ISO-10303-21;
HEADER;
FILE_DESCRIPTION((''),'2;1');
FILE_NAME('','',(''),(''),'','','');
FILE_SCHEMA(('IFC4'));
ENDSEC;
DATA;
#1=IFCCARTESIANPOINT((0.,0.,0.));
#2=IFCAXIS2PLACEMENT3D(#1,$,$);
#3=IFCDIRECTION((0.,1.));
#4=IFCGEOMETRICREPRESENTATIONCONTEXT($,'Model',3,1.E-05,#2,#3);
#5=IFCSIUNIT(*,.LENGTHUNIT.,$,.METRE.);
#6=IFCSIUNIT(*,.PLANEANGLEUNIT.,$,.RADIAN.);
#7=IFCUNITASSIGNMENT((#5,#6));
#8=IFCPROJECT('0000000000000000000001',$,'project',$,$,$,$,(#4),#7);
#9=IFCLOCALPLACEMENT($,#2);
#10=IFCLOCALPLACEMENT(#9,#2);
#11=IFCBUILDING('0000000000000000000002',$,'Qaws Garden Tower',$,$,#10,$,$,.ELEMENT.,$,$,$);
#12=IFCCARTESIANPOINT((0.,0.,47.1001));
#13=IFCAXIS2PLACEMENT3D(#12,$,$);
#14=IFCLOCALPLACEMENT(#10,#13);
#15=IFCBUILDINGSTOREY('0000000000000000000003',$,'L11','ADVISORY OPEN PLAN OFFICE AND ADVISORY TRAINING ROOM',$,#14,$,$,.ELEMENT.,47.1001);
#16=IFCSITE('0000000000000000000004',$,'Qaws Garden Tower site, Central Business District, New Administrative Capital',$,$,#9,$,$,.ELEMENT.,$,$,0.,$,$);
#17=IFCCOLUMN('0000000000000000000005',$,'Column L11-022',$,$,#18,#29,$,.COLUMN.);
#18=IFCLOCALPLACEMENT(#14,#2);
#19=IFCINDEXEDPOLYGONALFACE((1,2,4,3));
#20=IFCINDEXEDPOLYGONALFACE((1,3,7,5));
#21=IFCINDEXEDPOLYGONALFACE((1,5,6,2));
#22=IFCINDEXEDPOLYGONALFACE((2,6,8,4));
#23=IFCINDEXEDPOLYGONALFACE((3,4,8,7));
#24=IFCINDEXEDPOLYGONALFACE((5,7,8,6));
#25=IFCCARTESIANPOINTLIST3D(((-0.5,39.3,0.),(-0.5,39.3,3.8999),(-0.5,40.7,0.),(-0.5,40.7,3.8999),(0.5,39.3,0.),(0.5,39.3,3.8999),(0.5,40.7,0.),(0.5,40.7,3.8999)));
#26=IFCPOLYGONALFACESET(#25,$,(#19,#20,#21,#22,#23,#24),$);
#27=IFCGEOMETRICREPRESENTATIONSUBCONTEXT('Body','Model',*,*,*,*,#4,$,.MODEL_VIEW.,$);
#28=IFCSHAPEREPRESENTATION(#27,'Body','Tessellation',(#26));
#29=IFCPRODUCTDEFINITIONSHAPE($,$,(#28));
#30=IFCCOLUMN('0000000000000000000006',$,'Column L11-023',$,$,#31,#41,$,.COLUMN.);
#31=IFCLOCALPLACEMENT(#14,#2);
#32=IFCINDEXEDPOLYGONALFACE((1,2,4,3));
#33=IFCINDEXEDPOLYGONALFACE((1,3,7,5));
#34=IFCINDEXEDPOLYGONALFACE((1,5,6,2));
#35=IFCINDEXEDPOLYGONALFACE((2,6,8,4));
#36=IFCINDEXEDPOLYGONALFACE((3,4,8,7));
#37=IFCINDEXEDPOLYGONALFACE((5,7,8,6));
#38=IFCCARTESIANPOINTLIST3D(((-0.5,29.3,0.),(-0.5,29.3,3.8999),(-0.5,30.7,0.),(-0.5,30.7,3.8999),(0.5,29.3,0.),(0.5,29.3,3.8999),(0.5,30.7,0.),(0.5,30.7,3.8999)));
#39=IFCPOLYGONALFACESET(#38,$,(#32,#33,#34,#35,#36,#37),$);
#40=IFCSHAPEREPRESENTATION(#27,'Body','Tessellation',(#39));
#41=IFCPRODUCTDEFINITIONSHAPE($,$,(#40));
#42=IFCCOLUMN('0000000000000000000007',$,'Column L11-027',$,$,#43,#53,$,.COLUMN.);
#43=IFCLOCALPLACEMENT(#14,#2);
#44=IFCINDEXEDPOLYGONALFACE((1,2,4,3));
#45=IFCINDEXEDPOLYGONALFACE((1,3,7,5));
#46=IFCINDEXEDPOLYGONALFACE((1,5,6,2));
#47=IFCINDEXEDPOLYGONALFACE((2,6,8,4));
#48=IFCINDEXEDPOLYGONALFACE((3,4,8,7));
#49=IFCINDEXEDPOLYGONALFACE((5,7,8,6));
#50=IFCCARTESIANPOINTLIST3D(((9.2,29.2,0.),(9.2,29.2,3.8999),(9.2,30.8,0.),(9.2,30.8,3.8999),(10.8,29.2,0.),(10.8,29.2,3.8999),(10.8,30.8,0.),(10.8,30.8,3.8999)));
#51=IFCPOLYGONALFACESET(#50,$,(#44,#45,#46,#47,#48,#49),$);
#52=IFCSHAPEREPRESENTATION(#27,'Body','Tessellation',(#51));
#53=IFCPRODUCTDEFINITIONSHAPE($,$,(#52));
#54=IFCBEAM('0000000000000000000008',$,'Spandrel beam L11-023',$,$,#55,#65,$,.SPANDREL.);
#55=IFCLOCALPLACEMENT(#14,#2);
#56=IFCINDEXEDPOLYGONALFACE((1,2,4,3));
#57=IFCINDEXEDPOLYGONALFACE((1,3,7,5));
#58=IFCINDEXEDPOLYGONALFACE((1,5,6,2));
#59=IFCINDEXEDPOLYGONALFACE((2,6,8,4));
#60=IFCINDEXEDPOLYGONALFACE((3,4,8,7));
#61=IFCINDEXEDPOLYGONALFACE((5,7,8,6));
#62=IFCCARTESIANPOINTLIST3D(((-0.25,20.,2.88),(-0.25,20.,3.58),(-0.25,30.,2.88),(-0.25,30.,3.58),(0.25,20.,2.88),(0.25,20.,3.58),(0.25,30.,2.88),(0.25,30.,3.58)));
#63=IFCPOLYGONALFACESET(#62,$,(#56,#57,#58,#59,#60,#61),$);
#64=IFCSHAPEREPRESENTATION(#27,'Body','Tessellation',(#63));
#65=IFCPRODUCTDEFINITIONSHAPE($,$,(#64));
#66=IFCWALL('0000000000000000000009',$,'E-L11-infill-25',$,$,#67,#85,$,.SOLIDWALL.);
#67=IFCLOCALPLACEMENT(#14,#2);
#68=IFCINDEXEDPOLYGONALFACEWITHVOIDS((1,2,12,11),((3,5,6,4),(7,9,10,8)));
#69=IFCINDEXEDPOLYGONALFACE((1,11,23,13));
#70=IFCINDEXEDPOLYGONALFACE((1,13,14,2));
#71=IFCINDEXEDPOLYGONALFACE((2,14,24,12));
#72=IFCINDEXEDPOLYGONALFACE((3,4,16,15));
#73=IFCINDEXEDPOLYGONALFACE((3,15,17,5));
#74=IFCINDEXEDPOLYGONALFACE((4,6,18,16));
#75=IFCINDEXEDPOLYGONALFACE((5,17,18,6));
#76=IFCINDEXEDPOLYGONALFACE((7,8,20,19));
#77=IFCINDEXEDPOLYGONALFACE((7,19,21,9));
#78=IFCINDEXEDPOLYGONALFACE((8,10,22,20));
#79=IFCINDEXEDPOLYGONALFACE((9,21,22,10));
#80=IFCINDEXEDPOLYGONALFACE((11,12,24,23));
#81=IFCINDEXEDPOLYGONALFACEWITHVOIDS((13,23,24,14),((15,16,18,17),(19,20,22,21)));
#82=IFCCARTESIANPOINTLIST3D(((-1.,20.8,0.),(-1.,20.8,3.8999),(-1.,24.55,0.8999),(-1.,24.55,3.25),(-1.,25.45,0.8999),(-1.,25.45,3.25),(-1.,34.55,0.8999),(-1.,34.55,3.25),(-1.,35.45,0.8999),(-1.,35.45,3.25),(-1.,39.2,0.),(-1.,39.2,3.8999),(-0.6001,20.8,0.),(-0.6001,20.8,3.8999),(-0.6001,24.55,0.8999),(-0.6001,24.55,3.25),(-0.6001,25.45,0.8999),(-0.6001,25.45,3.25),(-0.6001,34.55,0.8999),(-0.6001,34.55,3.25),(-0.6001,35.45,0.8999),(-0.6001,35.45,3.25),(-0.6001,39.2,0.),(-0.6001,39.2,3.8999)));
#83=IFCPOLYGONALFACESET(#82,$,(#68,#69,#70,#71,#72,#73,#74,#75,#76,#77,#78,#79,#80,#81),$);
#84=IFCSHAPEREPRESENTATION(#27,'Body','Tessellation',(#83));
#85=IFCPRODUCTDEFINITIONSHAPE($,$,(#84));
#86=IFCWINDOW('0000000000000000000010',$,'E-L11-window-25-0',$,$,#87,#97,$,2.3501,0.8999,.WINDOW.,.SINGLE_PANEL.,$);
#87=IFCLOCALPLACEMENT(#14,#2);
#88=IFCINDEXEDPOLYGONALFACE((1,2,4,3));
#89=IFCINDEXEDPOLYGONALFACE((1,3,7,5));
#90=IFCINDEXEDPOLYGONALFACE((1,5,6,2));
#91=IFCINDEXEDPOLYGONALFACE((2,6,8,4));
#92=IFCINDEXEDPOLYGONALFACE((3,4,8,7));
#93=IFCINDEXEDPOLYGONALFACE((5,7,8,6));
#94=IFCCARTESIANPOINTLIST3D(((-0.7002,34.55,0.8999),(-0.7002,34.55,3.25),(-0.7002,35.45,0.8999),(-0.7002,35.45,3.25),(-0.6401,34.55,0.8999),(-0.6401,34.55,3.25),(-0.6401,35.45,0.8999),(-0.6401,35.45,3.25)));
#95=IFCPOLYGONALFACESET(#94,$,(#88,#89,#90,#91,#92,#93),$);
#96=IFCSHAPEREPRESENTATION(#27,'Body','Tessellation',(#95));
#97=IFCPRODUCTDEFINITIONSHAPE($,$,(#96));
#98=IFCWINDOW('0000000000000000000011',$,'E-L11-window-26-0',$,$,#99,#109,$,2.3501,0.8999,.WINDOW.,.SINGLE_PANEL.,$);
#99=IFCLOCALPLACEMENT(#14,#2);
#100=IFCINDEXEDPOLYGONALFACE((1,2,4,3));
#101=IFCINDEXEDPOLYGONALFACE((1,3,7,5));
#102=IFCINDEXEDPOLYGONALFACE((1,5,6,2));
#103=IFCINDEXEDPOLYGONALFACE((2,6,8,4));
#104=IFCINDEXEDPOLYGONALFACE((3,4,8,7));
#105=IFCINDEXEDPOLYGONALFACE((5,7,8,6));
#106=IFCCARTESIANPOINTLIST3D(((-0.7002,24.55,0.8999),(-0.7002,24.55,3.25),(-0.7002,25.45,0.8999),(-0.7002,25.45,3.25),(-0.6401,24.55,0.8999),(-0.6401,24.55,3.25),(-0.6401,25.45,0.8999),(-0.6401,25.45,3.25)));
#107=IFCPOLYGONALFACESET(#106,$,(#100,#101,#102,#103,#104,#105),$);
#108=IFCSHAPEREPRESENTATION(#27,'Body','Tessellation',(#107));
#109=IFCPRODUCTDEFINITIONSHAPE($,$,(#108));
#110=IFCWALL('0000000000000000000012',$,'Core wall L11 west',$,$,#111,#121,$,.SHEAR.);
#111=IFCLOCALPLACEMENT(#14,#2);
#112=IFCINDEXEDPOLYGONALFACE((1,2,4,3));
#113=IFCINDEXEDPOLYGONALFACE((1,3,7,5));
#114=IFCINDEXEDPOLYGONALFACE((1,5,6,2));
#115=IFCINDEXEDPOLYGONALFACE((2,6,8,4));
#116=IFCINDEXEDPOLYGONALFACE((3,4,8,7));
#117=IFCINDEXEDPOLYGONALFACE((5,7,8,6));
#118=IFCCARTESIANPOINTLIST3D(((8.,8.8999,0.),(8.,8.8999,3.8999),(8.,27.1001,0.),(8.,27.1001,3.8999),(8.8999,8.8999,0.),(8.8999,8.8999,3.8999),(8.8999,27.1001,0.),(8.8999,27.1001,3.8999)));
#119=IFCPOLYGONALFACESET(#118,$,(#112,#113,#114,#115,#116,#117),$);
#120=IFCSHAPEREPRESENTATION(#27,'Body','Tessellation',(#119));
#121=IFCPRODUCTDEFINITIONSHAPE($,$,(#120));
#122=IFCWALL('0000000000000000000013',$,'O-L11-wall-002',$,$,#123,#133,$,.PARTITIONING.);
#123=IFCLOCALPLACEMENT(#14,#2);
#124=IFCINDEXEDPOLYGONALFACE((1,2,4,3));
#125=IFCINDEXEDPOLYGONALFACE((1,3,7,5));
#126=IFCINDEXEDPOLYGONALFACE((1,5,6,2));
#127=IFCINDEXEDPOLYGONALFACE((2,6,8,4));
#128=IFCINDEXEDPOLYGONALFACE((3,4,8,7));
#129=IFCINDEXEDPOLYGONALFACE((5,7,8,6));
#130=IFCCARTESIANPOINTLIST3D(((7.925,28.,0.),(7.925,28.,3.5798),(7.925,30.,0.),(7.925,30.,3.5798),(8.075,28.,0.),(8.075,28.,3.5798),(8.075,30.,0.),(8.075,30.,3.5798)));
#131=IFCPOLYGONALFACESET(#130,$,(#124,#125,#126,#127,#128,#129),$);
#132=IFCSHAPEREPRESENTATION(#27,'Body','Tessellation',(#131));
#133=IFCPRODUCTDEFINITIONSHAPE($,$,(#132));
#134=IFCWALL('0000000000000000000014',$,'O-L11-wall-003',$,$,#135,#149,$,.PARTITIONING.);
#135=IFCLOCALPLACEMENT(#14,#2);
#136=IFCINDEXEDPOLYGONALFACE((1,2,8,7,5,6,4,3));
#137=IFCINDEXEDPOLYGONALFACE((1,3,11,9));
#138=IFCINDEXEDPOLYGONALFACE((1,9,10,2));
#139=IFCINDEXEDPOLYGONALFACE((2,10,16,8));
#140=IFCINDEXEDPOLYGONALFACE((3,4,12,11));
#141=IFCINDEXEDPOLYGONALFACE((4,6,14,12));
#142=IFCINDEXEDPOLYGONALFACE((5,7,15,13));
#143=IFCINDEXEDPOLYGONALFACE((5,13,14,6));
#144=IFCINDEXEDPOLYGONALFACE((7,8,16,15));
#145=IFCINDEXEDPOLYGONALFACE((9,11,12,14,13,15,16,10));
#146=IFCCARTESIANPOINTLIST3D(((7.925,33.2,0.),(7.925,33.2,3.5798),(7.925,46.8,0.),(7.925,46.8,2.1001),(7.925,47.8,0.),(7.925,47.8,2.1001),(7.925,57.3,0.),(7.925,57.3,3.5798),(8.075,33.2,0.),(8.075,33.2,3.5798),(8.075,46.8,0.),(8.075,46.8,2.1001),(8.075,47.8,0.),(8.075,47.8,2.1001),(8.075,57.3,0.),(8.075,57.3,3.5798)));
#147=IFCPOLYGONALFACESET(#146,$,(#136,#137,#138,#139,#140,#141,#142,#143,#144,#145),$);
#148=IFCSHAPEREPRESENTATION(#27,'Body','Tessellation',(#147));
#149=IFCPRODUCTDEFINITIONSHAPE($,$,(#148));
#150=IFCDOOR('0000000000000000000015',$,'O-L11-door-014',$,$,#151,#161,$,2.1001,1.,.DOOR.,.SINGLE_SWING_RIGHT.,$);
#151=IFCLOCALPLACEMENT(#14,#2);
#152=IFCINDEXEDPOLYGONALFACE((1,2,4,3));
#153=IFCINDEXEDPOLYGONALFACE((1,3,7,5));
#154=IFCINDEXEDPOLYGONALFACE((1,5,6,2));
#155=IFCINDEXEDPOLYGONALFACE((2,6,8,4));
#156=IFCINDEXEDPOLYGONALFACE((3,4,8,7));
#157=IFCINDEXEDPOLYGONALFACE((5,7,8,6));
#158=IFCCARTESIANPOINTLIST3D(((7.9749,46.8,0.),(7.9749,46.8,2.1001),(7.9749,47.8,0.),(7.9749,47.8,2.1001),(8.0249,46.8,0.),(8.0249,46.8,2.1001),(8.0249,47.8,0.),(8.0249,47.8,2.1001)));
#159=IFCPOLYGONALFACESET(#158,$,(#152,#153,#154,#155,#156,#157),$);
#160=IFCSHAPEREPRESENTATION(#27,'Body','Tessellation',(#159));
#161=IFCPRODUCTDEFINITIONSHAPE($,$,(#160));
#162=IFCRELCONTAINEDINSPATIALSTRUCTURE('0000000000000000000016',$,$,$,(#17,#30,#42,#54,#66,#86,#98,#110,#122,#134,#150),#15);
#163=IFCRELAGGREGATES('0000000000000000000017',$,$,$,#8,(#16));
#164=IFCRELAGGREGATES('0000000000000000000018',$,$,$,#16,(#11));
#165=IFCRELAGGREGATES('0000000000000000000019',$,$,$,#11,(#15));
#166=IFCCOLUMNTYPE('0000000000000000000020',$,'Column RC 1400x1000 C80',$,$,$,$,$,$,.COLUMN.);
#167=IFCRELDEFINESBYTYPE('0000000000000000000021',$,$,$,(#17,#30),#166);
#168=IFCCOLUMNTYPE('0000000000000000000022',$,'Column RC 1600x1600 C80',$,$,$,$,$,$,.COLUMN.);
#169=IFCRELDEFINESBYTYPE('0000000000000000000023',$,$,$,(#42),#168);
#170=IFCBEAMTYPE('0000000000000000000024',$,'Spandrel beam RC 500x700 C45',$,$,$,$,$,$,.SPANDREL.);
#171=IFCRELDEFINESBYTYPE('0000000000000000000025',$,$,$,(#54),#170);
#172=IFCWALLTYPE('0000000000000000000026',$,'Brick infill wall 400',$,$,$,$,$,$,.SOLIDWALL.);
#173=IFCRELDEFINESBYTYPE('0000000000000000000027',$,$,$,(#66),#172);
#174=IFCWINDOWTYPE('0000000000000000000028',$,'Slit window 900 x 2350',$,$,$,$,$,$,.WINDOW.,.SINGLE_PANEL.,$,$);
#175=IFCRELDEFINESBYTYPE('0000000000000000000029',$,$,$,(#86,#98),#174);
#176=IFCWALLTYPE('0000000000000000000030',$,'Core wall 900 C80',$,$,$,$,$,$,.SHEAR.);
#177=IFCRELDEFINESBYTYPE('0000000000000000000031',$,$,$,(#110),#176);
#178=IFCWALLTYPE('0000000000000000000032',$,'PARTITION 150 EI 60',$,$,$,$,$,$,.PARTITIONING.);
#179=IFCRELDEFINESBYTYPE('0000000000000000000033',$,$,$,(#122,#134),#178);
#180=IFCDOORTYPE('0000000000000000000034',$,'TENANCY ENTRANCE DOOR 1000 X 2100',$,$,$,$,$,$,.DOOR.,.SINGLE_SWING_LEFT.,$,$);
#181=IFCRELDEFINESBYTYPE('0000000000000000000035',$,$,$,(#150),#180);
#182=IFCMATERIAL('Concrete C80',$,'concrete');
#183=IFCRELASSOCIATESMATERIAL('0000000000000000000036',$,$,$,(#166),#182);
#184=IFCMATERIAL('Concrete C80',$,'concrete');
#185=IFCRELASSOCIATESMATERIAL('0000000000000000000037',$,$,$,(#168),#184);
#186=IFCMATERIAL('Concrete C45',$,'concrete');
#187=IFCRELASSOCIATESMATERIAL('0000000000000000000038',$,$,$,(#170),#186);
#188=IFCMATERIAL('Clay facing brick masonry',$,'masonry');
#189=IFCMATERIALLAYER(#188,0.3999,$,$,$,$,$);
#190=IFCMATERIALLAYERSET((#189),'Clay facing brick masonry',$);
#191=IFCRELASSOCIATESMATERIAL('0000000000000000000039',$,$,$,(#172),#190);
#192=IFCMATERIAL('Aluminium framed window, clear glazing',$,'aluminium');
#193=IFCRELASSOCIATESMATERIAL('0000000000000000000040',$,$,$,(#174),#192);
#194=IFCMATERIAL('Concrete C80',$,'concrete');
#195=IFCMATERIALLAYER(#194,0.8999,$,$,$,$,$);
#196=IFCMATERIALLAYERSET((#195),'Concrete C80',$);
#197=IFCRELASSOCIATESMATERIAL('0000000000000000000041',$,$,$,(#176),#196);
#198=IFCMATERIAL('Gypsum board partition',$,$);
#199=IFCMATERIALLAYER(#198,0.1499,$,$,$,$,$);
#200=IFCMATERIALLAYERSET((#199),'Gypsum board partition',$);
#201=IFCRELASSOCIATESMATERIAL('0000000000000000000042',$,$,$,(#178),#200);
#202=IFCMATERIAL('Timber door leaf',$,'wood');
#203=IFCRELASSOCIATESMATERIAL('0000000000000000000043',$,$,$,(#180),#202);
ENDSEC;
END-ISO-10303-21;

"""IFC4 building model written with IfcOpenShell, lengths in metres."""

from ifc_helpers import new_model, si_unit, direction, frame, frame_2d, origin, origin_2d, place, context, subcontext, project, spatial, rectangle, extrude, material, layer, layer_set, material_profile, profile_set, type_object, element, fill, save


model = new_model("IFC4")

# Units and contexts
model_context = context("Model", 3, precision=1e-05, world=origin(), true_north=direction((0.0, 1.0)))
body_context = subcontext(model_context, "Body", "Model", "MODEL_VIEW")
ifc_project = project(units=[si_unit("LENGTHUNIT", "METRE"), si_unit("PLANEANGLEUNIT", "RADIAN")], contexts=[model_context])

# Site, building, storey
site_placement = place(None, origin())
site = spatial("IfcSite", under=ifc_project, at=site_placement, Name="Qaws Garden Tower site, Central Business District, New Administrative Capital", CompositionType="ELEMENT", RefElevation=0.0)
building_placement = place(site_placement, origin())
building = spatial("IfcBuilding", under=site, at=building_placement, Name="Qaws Garden Tower", CompositionType="ELEMENT")
storey_placement = place(building_placement, frame((0.0, 0.0, 47.1001)))
storey = spatial("IfcBuildingStorey", under=building, at=storey_placement, Name="L11", Description="ADVISORY OPEN PLAN OFFICE AND ADVISORY TRAINING ROOM", CompositionType="ELEMENT", Elevation=47.1001)

# Columns
ifc_material_1 = material(Name="Concrete C80", Category="concrete")
ifc_material_profile_1 = material_profile(ifc_material_1, rectangle(XDim=1.3999, YDim=1.0, at=origin_2d()), Name="RC 1400x1000")
ifc_profile_set_1 = profile_set([ifc_material_profile_1], Name="Concrete C80")
column_type_1 = type_object("IfcColumnType", Name="Column RC 1400x1000 C80", PredefinedType="COLUMN", material=ifc_profile_set_1)
for number, where, z_axis, x_axis, name in (
    (1, (0.0, 40.0, 0.0), (0.0, 0.0, 1.0), (0.0, 1.0, 0.0), "Column L11-022"),
    (2, (0.0, 30.0, 0.0), (0.0, 0.0, 1.0), (0.0, 1.0, 0.0), "Column L11-023"),
):
    element("IfcColumn", number, at=place(storey_placement, frame(where, z_axis=z_axis, x_axis=x_axis)), inside=storey, type_object=column_type_1, Name=name, PredefinedType="COLUMN", context=body_context, shape_type="SweptSolid", body=[
        extrude(rectangle(XDim=1.3999, YDim=1.0, at=origin_2d()), origin(), (0.0, 0.0, 1.0), 3.8999),
    ])
ifc_material_2 = material(Name="Concrete C80", Category="concrete")
ifc_material_profile_2 = material_profile(ifc_material_2, rectangle(XDim=1.6001, YDim=1.6001, at=origin_2d()), Name="RC 1600x1600")
ifc_profile_set_2 = profile_set([ifc_material_profile_2], Name="Concrete C80")
column_type_2 = type_object("IfcColumnType", Name="Column RC 1600x1600 C80", PredefinedType="COLUMN", material=ifc_profile_set_2)
column_placement = place(storey_placement, frame((10.0, 30.0, 0.0), z_axis=(0.0, 0.0, 1.0), x_axis=(1.0, 0.0, 0.0)))
element("IfcColumn", 3, at=column_placement, inside=storey, type_object=column_type_2, Name="Column L11-027", PredefinedType="COLUMN", context=body_context, shape_type="SweptSolid", body=[
    extrude(rectangle(XDim=1.6001, YDim=1.6001, at=origin_2d()), origin(), (0.0, 0.0, 1.0), 3.8999),
])

# Beam
ifc_material_3 = material(Name="Concrete C45", Category="concrete")
ifc_material_profile_3 = material_profile(ifc_material_3, rectangle(XDim=0.5, YDim=0.7, at=origin_2d()), Name="RC 500x700")
ifc_profile_set_3 = profile_set([ifc_material_profile_3], Name="Concrete C45")
beam_type = type_object("IfcBeamType", Name="Spandrel beam RC 500x700 C45", PredefinedType="SPANDREL", material=ifc_profile_set_3)
beam_placement = place(storey_placement, frame((0.0, 30.0, 3.23), z_axis=(0.0, -1.0, 0.0), x_axis=(1.0, 0.0, 0.0)))
element("IfcBeam", 4, at=beam_placement, inside=storey, type_object=beam_type, Name="Spandrel beam L11-023", PredefinedType="SPANDREL", context=body_context, shape_type="SweptSolid", body=[
    extrude(rectangle(XDim=0.5, YDim=0.7, at=origin_2d()), origin(), (0.0, 0.0, 1.0), 10.0),
])

# Wall, openings, windows
ifc_material_4 = material(Name="Clay facing brick masonry", Category="masonry")
ifc_layer_1 = layer(ifc_material_4, 0.3999)
ifc_layer_set_1 = layer_set([ifc_layer_1], Name="Clay facing brick masonry")
wall_type_1 = type_object("IfcWallType", Name="Brick infill wall 400", PredefinedType="SOLIDWALL", material=ifc_layer_set_1)
wall_1_placement = place(storey_placement, frame((-0.8, 39.2, 0.0), z_axis=(0.0, 0.0, 1.0), x_axis=(0.0, -1.0, 0.0)))
wall_1 = element("IfcWall", 5, at=wall_1_placement, inside=storey, type_object=wall_type_1, Name="E-L11-infill-25", PredefinedType="SOLIDWALL", context=body_context, shape_type="SweptSolid", body=[
    extrude(rectangle(XDim=18.3999, YDim=0.3999, at=frame_2d((9.2, 0.0))), origin(), (0.0, 0.0, 1.0), 3.8999),
])
opening_1_placement = place(wall_1_placement, frame((3.75, 0.0, 0.8999)))
opening_1 = element("IfcOpeningElement", 6, at=opening_1_placement, cuts=wall_1, PredefinedType="OPENING", context=body_context, shape_type="SweptSolid", body=[
    extrude(rectangle(XDim=0.8999, YDim=2.3501, at=frame_2d((0.45, 1.175))), frame((0.0, 0.21, 0.0), z_axis=(0.0, -1.0, 0.0), x_axis=(1.0, 0.0, 0.0)), (0.0, 0.0, 1.0), 0.4199),
])
opening_2_placement = place(wall_1_placement, frame((13.75, 0.0, 0.8999)))
opening_2 = element("IfcOpeningElement", 7, at=opening_2_placement, cuts=wall_1, PredefinedType="OPENING", context=body_context, shape_type="SweptSolid", body=[
    extrude(rectangle(XDim=0.8999, YDim=2.3501, at=frame_2d((0.45, 1.175))), frame((0.0, 0.21, 0.0), z_axis=(0.0, -1.0, 0.0), x_axis=(1.0, 0.0, 0.0)), (0.0, 0.0, 1.0), 0.4199),
])
ifc_material_5 = material(Name="Aluminium framed window, clear glazing", Category="aluminium")
window_type = type_object("IfcWindowType", Name="Slit window 900 x 2350", PartitioningType="SINGLE_PANEL", PredefinedType="WINDOW", material=ifc_material_5)
window_1_placement = place(opening_1_placement, origin())
window_1 = element("IfcWindow", 8, at=window_1_placement, inside=storey, type_object=window_type, Name="E-L11-window-25-0", OverallHeight=2.3501, OverallWidth=0.8999, PartitioningType="SINGLE_PANEL", PredefinedType="WINDOW", context=body_context, shape_type="SweptSolid", body=[
    extrude(rectangle(XDim=0.8999, YDim=2.3501, at=frame_2d((0.45, 1.175))), frame((0.0, 0.1599, 0.0), z_axis=(0.0, -1.0, 0.0), x_axis=(1.0, 0.0, 0.0)), (0.0, 0.0, 1.0), 0.0601),
])
fill(opening_1, window_1)
window_2_placement = place(opening_2_placement, origin())
window_2 = element("IfcWindow", 9, at=window_2_placement, inside=storey, type_object=window_type, Name="E-L11-window-26-0", OverallHeight=2.3501, OverallWidth=0.8999, PartitioningType="SINGLE_PANEL", PredefinedType="WINDOW", context=body_context, shape_type="SweptSolid", body=[
    extrude(rectangle(XDim=0.8999, YDim=2.3501, at=frame_2d((0.45, 1.175))), frame((0.0, 0.1599, 0.0), z_axis=(0.0, -1.0, 0.0), x_axis=(1.0, 0.0, 0.0)), (0.0, 0.0, 1.0), 0.0601),
])
fill(opening_2, window_2)

# Walls
ifc_material_6 = material(Name="Concrete C80", Category="concrete")
ifc_layer_2 = layer(ifc_material_6, 0.8999)
ifc_layer_set_2 = layer_set([ifc_layer_2], Name="Concrete C80")
wall_type_2 = type_object("IfcWallType", Name="Core wall 900 C80", PredefinedType="SHEAR", material=ifc_layer_set_2)
wall_2_placement = place(storey_placement, frame((8.45, 27.1001, 0.0), z_axis=(0.0, 0.0, 1.0), x_axis=(0.0, -1.0, 0.0)))
element("IfcWall", 10, at=wall_2_placement, inside=storey, type_object=wall_type_2, Name="Core wall L11 west", PredefinedType="SHEAR", context=body_context, shape_type="SweptSolid", body=[
    extrude(rectangle(XDim=18.2002, YDim=0.8999, at=frame_2d((9.1001, 0.0))), origin(), (0.0, 0.0, 1.0), 3.8999),
])
ifc_material_7 = material(Name="Gypsum board partition")
ifc_layer_3 = layer(ifc_material_7, 0.1499)
ifc_layer_set_3 = layer_set([ifc_layer_3], Name="Gypsum board partition")
wall_type_3 = type_object("IfcWallType", Name="PARTITION 150 EI 60", PredefinedType="PARTITIONING", material=ifc_layer_set_3)
wall_3_placement = place(storey_placement, frame((8.0, 28.0, 0.0), z_axis=(0.0, 0.0, 1.0), x_axis=(0.0, 1.0, 0.0)))
element("IfcWall", 11, at=wall_3_placement, inside=storey, type_object=wall_type_3, Name="O-L11-wall-002", PredefinedType="PARTITIONING", context=body_context, shape_type="SweptSolid", body=[
    extrude(rectangle(XDim=2.0, YDim=0.1499, at=frame_2d((1.0, 0.0))), origin(), (0.0, 0.0, 1.0), 3.5798),
])

# Wall, opening, door
wall_4_placement = place(storey_placement, frame((8.0, 33.2, 0.0), z_axis=(0.0, 0.0, 1.0), x_axis=(0.0, 1.0, 0.0)))
wall_4 = element("IfcWall", 12, at=wall_4_placement, inside=storey, type_object=wall_type_3, Name="O-L11-wall-003", PredefinedType="PARTITIONING", context=body_context, shape_type="SweptSolid", body=[
    extrude(rectangle(XDim=24.1001, YDim=0.1499, at=frame_2d((12.05, 0.0))), origin(), (0.0, 0.0, 1.0), 3.5798),
])
opening_3_placement = place(wall_4_placement, frame((13.6001, 0.0, 0.0)))
opening_3 = element("IfcOpeningElement", 13, at=opening_3_placement, cuts=wall_4, PredefinedType="OPENING", context=body_context, shape_type="SweptSolid", body=[
    extrude(rectangle(XDim=1.0, YDim=2.1001, at=frame_2d((0.5, 1.05))), frame((0.0, 0.085, 0.0), z_axis=(0.0, -1.0, 0.0), x_axis=(1.0, 0.0, 0.0)), (0.0, 0.0, 1.0), 0.1699),
])
ifc_material_8 = material(Name="Timber door leaf", Category="wood")
door_type_1 = type_object("IfcDoorType", Name="TENANCY ENTRANCE DOOR 1000 X 2100", OperationType="SINGLE_SWING_LEFT", PredefinedType="DOOR", material=ifc_material_8)
door_1_placement = place(opening_3_placement, frame((1.0, 0.0, 0.0), z_axis=(0.0, 0.0, 1.0), x_axis=(-1.0, 0.0, 0.0)))
door_1 = element("IfcDoor", 14, at=door_1_placement, inside=storey, type_object=door_type_1, Name="O-L11-door-014", OperationType="SINGLE_SWING_RIGHT", OverallHeight=2.1001, OverallWidth=1.0, PredefinedType="DOOR", context=body_context, shape_type="SweptSolid", body=[
    extrude(rectangle(XDim=1.0, YDim=2.1001, at=frame_2d((0.5, 1.05))), frame((0.0, 0.0249, 0.0), z_axis=(0.0, -1.0, 0.0), x_axis=(1.0, 0.0, 0.0)), (0.0, 0.0, 1.0), 0.05),
])
fill(opening_3, door_1)

save(model, "model.ifc")
